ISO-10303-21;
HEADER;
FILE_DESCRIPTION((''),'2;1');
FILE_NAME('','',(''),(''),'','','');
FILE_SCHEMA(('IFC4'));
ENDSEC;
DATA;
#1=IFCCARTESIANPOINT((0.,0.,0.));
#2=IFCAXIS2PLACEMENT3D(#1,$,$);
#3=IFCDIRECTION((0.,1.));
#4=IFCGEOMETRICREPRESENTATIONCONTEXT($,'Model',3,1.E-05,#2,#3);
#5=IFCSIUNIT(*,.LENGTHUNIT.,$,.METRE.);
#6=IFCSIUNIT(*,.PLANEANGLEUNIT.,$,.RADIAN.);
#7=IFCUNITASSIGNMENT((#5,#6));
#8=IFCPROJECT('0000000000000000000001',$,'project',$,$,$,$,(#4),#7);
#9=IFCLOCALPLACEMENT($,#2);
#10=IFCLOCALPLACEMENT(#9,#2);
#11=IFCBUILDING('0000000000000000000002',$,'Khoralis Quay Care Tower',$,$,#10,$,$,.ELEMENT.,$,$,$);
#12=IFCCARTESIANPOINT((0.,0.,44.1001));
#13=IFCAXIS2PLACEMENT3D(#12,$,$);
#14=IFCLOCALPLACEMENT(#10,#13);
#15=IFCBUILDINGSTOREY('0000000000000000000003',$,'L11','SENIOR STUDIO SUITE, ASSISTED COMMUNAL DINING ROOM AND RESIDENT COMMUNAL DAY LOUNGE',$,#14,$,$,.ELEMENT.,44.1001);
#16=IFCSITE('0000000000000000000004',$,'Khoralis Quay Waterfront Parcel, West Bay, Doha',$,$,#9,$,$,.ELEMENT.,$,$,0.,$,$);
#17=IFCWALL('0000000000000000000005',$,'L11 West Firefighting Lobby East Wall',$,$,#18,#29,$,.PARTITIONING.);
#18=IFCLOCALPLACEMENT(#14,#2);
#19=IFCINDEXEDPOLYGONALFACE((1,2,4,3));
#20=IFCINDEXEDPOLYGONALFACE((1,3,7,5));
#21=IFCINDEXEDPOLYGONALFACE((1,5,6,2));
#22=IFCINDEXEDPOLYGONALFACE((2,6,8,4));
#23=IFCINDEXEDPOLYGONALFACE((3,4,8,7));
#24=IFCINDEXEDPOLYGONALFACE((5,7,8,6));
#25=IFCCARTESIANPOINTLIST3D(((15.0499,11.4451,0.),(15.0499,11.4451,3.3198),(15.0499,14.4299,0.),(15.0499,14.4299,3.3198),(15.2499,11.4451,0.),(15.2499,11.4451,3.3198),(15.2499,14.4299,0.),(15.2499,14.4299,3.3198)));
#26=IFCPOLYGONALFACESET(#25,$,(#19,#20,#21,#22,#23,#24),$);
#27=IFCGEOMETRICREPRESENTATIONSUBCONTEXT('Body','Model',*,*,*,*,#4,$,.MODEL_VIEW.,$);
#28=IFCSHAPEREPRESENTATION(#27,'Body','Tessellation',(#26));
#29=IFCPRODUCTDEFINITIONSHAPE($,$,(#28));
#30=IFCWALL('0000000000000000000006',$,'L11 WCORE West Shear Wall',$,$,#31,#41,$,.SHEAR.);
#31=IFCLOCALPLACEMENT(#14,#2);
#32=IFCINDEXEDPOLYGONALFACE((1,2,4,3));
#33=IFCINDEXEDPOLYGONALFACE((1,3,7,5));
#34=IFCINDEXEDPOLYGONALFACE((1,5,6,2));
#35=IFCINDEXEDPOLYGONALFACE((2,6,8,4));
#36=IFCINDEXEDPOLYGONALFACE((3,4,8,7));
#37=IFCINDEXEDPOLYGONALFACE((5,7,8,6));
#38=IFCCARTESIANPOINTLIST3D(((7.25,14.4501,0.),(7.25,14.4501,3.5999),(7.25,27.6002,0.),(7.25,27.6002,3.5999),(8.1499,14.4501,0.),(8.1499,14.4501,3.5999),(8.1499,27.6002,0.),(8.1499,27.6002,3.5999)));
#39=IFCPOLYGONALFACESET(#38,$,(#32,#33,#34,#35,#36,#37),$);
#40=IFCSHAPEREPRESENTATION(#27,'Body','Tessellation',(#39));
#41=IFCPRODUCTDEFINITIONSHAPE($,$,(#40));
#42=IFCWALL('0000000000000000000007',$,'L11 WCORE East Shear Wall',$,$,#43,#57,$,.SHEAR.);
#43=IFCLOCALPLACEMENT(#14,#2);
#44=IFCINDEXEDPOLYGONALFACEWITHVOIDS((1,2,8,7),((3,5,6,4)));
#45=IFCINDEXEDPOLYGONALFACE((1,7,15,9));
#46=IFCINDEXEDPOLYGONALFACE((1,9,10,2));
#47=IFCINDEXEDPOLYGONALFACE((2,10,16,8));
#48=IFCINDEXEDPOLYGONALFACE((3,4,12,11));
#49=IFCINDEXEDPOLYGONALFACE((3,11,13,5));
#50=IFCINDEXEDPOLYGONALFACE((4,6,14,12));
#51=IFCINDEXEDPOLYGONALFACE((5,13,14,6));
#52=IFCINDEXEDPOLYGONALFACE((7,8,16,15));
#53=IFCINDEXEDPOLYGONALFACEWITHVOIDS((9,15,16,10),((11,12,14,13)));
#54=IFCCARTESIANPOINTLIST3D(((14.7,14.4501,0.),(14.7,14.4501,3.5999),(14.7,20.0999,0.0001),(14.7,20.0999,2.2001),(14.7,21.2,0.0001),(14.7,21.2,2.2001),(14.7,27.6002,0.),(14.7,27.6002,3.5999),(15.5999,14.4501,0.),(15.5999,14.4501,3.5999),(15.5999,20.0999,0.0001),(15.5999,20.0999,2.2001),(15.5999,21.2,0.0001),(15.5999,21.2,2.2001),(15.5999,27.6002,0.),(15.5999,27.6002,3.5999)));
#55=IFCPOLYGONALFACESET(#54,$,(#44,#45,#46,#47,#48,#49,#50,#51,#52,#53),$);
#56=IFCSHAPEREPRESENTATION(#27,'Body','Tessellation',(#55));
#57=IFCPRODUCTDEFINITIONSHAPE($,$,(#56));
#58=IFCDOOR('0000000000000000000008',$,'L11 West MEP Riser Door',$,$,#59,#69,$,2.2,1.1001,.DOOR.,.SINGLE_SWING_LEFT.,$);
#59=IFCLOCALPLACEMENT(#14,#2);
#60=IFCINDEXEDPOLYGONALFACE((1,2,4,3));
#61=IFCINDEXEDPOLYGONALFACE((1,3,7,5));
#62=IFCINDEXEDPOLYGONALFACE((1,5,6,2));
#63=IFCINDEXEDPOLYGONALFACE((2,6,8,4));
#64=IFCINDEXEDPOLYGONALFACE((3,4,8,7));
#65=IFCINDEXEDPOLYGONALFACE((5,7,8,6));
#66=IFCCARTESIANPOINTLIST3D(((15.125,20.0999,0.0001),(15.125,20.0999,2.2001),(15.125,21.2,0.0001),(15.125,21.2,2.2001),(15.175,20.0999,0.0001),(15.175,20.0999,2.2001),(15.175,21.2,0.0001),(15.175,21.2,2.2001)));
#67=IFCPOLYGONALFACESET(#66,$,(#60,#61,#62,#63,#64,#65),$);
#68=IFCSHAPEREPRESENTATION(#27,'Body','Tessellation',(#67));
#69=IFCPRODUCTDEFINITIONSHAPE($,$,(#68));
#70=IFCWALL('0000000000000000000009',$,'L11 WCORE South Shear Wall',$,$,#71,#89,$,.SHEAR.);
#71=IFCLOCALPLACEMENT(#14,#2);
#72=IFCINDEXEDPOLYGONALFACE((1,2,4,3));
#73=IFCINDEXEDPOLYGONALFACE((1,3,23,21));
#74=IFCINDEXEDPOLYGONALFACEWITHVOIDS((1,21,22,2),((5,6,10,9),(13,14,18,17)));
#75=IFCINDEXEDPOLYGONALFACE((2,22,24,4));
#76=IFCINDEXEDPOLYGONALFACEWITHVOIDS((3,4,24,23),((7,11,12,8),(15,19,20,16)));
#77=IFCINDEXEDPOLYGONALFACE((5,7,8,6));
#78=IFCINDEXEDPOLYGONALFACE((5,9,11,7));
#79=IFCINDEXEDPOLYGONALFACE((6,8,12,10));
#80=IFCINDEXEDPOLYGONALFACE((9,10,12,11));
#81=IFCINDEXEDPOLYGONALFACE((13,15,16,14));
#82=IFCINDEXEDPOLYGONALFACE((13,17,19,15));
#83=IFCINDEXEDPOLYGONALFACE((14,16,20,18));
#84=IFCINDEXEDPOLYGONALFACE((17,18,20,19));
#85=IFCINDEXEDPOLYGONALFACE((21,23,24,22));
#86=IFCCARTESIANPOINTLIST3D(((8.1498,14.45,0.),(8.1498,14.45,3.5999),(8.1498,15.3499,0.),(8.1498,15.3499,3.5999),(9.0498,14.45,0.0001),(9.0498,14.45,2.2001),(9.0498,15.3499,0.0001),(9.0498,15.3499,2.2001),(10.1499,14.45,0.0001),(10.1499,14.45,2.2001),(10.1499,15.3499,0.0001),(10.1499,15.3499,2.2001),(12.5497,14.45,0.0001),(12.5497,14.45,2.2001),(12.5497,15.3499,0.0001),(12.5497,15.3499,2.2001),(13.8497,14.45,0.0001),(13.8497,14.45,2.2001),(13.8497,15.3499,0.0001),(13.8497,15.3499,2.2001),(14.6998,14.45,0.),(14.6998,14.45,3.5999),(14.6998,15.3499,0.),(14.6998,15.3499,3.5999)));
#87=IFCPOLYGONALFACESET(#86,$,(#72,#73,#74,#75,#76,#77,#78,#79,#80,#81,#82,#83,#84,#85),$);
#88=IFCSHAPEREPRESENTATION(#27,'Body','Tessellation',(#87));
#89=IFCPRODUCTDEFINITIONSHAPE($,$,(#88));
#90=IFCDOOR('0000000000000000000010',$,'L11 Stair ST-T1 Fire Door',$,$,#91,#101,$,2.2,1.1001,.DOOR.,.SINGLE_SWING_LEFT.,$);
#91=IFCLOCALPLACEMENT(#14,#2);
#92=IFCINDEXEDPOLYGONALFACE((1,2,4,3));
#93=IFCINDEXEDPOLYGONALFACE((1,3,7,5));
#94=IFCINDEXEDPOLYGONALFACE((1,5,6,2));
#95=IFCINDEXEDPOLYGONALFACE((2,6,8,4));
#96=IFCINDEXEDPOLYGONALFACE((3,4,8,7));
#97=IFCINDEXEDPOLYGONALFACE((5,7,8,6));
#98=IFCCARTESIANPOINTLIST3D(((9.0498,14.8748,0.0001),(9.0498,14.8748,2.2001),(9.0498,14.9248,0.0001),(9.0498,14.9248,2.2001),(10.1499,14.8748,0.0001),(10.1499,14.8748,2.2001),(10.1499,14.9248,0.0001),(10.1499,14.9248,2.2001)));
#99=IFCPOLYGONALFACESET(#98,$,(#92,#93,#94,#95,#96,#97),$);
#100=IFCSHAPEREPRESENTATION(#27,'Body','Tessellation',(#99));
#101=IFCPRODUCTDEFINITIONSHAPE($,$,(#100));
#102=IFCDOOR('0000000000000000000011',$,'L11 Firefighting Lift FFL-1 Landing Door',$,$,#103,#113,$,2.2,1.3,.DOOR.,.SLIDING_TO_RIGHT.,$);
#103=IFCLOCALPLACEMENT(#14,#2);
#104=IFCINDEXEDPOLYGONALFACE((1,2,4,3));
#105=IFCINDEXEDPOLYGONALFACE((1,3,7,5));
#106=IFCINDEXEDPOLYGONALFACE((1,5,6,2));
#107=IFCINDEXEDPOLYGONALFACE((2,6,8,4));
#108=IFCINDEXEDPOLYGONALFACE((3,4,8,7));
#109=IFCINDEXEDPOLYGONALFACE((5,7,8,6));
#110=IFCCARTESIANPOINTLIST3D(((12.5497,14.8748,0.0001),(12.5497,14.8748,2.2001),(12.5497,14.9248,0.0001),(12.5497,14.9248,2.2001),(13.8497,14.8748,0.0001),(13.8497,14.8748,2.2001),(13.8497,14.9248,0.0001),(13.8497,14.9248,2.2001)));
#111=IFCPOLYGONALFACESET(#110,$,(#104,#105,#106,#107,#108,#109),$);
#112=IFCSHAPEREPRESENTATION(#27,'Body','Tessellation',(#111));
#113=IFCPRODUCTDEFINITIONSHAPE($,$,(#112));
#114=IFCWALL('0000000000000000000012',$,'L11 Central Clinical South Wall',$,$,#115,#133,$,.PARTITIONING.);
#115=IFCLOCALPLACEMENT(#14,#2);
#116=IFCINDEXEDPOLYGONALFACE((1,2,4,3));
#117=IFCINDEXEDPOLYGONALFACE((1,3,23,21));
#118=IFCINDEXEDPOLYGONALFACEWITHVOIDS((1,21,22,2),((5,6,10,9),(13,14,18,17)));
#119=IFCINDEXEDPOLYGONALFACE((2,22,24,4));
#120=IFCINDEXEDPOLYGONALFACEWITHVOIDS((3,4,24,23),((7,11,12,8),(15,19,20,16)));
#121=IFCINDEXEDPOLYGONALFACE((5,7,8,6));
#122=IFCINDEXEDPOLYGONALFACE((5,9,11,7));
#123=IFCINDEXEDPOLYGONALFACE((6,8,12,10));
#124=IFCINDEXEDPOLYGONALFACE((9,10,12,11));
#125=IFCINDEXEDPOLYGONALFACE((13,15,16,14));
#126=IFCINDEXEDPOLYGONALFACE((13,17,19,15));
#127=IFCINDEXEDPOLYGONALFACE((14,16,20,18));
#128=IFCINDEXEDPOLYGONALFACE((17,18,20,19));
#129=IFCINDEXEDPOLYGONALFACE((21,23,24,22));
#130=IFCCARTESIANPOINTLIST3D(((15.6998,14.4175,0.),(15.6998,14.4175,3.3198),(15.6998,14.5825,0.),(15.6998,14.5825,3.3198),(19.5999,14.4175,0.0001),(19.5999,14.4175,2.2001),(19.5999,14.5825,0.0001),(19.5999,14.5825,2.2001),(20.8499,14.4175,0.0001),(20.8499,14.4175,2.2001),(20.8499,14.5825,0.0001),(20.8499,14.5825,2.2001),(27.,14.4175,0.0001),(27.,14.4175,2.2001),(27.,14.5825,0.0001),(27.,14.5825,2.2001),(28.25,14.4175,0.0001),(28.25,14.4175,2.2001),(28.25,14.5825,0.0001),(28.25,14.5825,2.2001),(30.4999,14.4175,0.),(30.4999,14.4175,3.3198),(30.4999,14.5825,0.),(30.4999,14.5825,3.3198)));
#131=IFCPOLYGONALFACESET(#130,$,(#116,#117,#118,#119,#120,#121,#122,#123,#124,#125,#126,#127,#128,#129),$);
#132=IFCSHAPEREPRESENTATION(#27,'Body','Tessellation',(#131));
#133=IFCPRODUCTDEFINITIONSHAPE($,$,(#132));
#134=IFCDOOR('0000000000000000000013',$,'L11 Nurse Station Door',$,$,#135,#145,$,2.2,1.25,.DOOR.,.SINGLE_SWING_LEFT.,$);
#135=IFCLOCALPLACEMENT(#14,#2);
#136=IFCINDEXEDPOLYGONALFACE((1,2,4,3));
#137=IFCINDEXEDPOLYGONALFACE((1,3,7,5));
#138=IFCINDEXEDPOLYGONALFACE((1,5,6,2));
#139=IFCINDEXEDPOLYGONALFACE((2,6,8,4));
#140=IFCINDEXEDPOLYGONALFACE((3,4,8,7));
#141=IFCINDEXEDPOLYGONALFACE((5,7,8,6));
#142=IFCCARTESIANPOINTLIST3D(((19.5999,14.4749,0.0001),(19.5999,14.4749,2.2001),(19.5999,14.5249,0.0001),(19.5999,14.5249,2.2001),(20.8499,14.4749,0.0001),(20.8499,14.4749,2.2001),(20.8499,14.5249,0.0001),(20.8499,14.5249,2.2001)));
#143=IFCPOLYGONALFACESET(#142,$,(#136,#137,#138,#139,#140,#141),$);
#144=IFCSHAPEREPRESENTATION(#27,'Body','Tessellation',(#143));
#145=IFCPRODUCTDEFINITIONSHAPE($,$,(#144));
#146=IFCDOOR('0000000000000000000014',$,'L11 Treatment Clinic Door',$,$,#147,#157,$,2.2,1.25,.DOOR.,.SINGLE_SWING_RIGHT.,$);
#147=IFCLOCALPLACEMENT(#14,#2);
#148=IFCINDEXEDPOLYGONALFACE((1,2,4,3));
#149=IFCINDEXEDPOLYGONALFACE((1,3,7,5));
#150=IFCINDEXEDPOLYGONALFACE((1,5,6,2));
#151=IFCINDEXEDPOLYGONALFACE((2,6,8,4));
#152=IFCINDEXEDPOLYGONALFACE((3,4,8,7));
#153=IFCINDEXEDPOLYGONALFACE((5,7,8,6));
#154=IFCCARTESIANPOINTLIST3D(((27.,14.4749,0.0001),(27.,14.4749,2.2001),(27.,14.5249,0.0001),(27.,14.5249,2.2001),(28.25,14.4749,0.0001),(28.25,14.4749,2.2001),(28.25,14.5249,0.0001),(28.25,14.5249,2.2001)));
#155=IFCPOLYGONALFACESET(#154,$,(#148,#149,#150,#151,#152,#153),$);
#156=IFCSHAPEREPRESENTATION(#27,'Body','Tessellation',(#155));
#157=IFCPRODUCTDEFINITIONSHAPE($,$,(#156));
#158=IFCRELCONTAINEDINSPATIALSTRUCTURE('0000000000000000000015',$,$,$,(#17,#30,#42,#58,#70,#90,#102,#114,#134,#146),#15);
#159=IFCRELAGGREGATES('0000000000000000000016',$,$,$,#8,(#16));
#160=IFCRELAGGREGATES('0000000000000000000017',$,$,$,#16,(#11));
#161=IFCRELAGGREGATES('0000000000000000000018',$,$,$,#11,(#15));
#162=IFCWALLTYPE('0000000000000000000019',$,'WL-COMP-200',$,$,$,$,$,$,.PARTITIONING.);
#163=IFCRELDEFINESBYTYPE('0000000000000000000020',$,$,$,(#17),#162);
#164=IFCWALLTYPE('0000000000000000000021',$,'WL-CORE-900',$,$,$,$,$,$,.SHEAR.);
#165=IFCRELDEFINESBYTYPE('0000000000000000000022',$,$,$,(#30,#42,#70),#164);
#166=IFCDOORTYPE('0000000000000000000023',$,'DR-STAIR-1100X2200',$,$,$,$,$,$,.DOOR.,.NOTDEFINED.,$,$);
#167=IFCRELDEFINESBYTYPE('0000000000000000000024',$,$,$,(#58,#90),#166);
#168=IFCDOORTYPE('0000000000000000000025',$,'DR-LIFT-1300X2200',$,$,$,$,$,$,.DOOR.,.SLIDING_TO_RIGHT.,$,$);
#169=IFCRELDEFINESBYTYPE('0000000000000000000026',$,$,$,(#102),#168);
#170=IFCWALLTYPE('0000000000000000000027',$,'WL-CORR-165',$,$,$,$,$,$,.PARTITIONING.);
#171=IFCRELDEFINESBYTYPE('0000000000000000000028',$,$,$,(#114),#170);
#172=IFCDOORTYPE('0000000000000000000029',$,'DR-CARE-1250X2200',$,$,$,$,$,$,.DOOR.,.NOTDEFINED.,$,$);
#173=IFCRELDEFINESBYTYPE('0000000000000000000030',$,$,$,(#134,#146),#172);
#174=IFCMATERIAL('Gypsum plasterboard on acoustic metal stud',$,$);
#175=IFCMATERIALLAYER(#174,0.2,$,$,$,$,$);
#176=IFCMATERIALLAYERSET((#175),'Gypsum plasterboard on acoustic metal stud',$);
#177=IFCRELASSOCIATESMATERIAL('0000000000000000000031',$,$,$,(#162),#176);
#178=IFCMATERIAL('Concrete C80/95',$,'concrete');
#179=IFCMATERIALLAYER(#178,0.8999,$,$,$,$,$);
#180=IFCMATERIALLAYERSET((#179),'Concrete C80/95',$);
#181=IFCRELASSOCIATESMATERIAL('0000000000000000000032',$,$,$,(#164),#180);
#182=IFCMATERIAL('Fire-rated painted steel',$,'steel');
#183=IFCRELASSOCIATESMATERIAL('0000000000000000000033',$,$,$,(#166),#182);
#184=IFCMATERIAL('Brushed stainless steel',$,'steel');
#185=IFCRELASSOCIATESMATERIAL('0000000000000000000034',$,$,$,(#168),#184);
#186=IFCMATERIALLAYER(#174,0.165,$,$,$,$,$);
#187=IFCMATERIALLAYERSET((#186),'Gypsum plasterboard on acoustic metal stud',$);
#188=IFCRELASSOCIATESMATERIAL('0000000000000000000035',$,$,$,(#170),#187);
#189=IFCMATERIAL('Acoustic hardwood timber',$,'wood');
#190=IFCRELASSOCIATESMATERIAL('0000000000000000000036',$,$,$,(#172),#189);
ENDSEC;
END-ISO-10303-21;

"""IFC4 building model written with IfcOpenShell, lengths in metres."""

from ifc_helpers import new_model, si_unit, direction, frame, frame_2d, origin, place, context, subcontext, project, spatial, rectangle, extrude, source, transform, mapped, material, layer, layer_set, type_object, element, fill, save


model = new_model("IFC4")

# Units and contexts
model_context = context("Model", 3, precision=1e-05, world=origin(), true_north=direction((0.0, 1.0)))
body_context = subcontext(model_context, "Body", "Model", "MODEL_VIEW")
ifc_project = project(units=[si_unit("LENGTHUNIT", "METRE"), si_unit("PLANEANGLEUNIT", "RADIAN")], contexts=[model_context])

# Site, building, storey
site_placement = place(None, origin())
site = spatial("IfcSite", under=ifc_project, at=site_placement, Name="Khoralis Quay Waterfront Parcel, West Bay, Doha", CompositionType="ELEMENT", RefElevation=0.0)
building_placement = place(site_placement, origin())
building = spatial("IfcBuilding", under=site, at=building_placement, Name="Khoralis Quay Care Tower", CompositionType="ELEMENT")
storey_placement = place(building_placement, frame((0.0, 0.0, 44.1001)))
storey = spatial("IfcBuildingStorey", under=building, at=storey_placement, Name="L11", Description="SENIOR STUDIO SUITE, ASSISTED COMMUNAL DINING ROOM AND RESIDENT COMMUNAL DAY LOUNGE", CompositionType="ELEMENT", Elevation=44.1001)

# Shared definitions
ifc_material_1 = material(Name="Concrete C80/95", Category="concrete")

# Shared definitions
ifc_material_2 = material(Name="Gypsum plasterboard on acoustic metal stud")
ifc_layer_1 = layer(ifc_material_2, 0.2)
ifc_layer_set_1 = layer_set([ifc_layer_1], Name="Gypsum plasterboard on acoustic metal stud")
wall_type_1 = type_object("IfcWallType", Name="WL-COMP-200", PredefinedType="PARTITIONING", material=ifc_layer_set_1)
ifc_material_3 = material(Name="Fire-rated painted steel", Category="steel")

# Walls
for number, where, z_axis, x_axis, name in (
    (1, (15.1499, 11.4451, 0.0), (0.0, 0.0, 1.0), (0.0, 1.0, 0.0), "L11 West Firefighting Lobby East Wall"),
):
    element("IfcWall", number, at=place(storey_placement, frame(where, z_axis=z_axis, x_axis=x_axis)), inside=storey, type_object=wall_type_1, Name=name, PredefinedType="PARTITIONING", context=body_context, shape_type="SweptSolid", body=[
        extrude(rectangle(XDim=2.9849, YDim=0.2, at=frame_2d((1.4924, 0.0))), origin(), (0.0, 0.0, 1.0), 3.3198),
    ])
ifc_layer_2 = layer(ifc_material_1, 0.8999)
ifc_layer_set_2 = layer_set([ifc_layer_2], Name="Concrete C80/95")
wall_type_2 = type_object("IfcWallType", Name="WL-CORE-900", PredefinedType="SHEAR", material=ifc_layer_set_2)
wall_1_placement = place(storey_placement, frame((7.7, 14.45, 0.0), z_axis=(0.0, 0.0, 1.0), x_axis=(0.0, 1.0, 0.0)))
element("IfcWall", 2, at=wall_1_placement, inside=storey, type_object=wall_type_2, Name="L11 WCORE West Shear Wall", PredefinedType="SHEAR", context=body_context, shape_type="SweptSolid", body=[
    extrude(rectangle(XDim=13.1501, YDim=0.8999, at=frame_2d((6.5752, 0.0))), origin(), (0.0, 0.0, 1.0), 3.5999),
])

# Wall, opening, door
wall_2_placement = place(storey_placement, frame((15.1499, 14.45, 0.0), z_axis=(0.0, 0.0, 1.0), x_axis=(0.0, 1.0, 0.0)))
wall_2 = element("IfcWall", 3, at=wall_2_placement, inside=storey, type_object=wall_type_2, Name="L11 WCORE East Shear Wall", PredefinedType="SHEAR", context=body_context, shape_type="SweptSolid", body=[
    extrude(rectangle(XDim=13.1501, YDim=0.8999, at=frame_2d((6.5752, 0.0))), origin(), (0.0, 0.0, 1.0), 3.5999),
])
opening_1_placement = place(wall_2_placement, frame((5.6499, 0.0, 0.0)))
opening_1 = element("IfcOpeningElement", 4, at=opening_1_placement, cuts=wall_2, PredefinedType="OPENING", context=body_context, shape_type="SweptSolid", body=[
    extrude(rectangle(XDim=1.1001, YDim=2.2, at=frame_2d((0.55, 1.1001))), frame((0.0, 0.46, 0.0), z_axis=(0.0, -1.0, 0.0), x_axis=(1.0, 0.0, 0.0)), (0.0, 0.0, 1.0), 0.9199),
])
door_type_1 = type_object("IfcDoorType", Name="DR-STAIR-1100X2200", OperationType="NOTDEFINED", PredefinedType="DOOR", material=ifc_material_3)
shared_shape_1 = source(origin(), body_context, "Body", "SweptSolid", [
    extrude(rectangle(XDim=1.1001, YDim=2.2, at=frame_2d((0.55, 1.1001))), frame((0.0, 0.0249, 0.0), z_axis=(0.0, -1.0, 0.0), x_axis=(1.0, 0.0, 0.0)), (0.0, 0.0, 1.0), 0.05),
])
door_1_placement = place(opening_1_placement, origin())
door_1 = element("IfcDoor", 5, at=door_1_placement, inside=storey, type_object=door_type_1, Name="L11 West MEP Riser Door", OperationType="SINGLE_SWING_LEFT", OverallHeight=2.2, OverallWidth=1.1001, PredefinedType="DOOR", context=body_context, shape_type="MappedRepresentation", body=[
    mapped(shared_shape_1, transform((0.0, 0.0, 0.0), scale=1.0)),
])
fill(opening_1, door_1)

# Walls, openings, doors
wall_3_placement = place(storey_placement, frame((8.1499, 14.8999, 0.0), z_axis=(0.0, 0.0, 1.0), x_axis=(1.0, 0.0, 0.0)))
wall_3 = element("IfcWall", 6, at=wall_3_placement, inside=storey, type_object=wall_type_2, Name="L11 WCORE South Shear Wall", PredefinedType="SHEAR", context=body_context, shape_type="SweptSolid", body=[
    extrude(rectangle(XDim=6.55, YDim=0.8999, at=frame_2d((3.2749, 0.0))), origin(), (0.0, 0.0, 1.0), 3.5999),
])
opening_2_placement = place(wall_3_placement, frame((0.8999, 0.0, 0.0)))
opening_2 = element("IfcOpeningElement", 7, at=opening_2_placement, cuts=wall_3, PredefinedType="OPENING", context=body_context, shape_type="SweptSolid", body=[
    extrude(rectangle(XDim=1.1001, YDim=2.2, at=frame_2d((0.55, 1.1001))), frame((0.0, 0.46, 0.0), z_axis=(0.0, -1.0, 0.0), x_axis=(1.0, 0.0, 0.0)), (0.0, 0.0, 1.0), 0.9199),
])
opening_3_placement = place(wall_3_placement, frame((4.3999, 0.0, 0.0)))
opening_3 = element("IfcOpeningElement", 8, at=opening_3_placement, cuts=wall_3, PredefinedType="OPENING", context=body_context, shape_type="SweptSolid", body=[
    extrude(rectangle(XDim=1.3, YDim=2.2, at=frame_2d((0.6499, 1.1001))), frame((0.0, 0.46, 0.0), z_axis=(0.0, -1.0, 0.0), x_axis=(1.0, 0.0, 0.0)), (0.0, 0.0, 1.0), 0.9199),
])
door_2_placement = place(opening_2_placement, origin())
door_2 = element("IfcDoor", 9, at=door_2_placement, inside=storey, type_object=door_type_1, Name="L11 Stair ST-T1 Fire Door", OperationType="SINGLE_SWING_LEFT", OverallHeight=2.2, OverallWidth=1.1001, PredefinedType="DOOR", context=body_context, shape_type="MappedRepresentation", body=[
    mapped(shared_shape_1, transform((0.0, 0.0, 0.0), scale=1.0)),
])
fill(opening_2, door_2)
ifc_material_4 = material(Name="Brushed stainless steel", Category="steel")
door_type_2 = type_object("IfcDoorType", Name="DR-LIFT-1300X2200", OperationType="SLIDING_TO_RIGHT", PredefinedType="DOOR", material=ifc_material_4)
shared_shape_2 = source(origin(), body_context, "Body", "SweptSolid", [
    extrude(rectangle(XDim=1.3, YDim=2.2, at=frame_2d((0.6499, 1.1001))), frame((0.0, 0.0249, 0.0), z_axis=(0.0, -1.0, 0.0), x_axis=(1.0, 0.0, 0.0)), (0.0, 0.0, 1.0), 0.05),
])
door_3_placement = place(opening_3_placement, origin())
door_3 = element("IfcDoor", 10, at=door_3_placement, inside=storey, type_object=door_type_2, Name="L11 Firefighting Lift FFL-1 Landing Door", OperationType="SLIDING_TO_RIGHT", OverallHeight=2.2, OverallWidth=1.3, PredefinedType="DOOR", context=body_context, shape_type="MappedRepresentation", body=[
    mapped(shared_shape_2, transform((0.0, 0.0, 0.0), scale=1.0)),
])
fill(opening_3, door_3)
ifc_layer_3 = layer(ifc_material_2, 0.165)
ifc_layer_set_3 = layer_set([ifc_layer_3], Name="Gypsum plasterboard on acoustic metal stud")
wall_type_3 = type_object("IfcWallType", Name="WL-CORR-165", PredefinedType="PARTITIONING", material=ifc_layer_set_3)
wall_4_placement = place(storey_placement, frame((15.7, 14.5, 0.0), z_axis=(0.0, 0.0, 1.0), x_axis=(1.0, 0.0, 0.0)))
wall_4 = element("IfcWall", 11, at=wall_4_placement, inside=storey, type_object=wall_type_3, Name="L11 Central Clinical South Wall", PredefinedType="PARTITIONING", context=body_context, shape_type="SweptSolid", body=[
    extrude(rectangle(XDim=14.8, YDim=0.165, at=frame_2d((7.3999, 0.0))), origin(), (0.0, 0.0, 1.0), 3.3198),
])
opening_4_placement = place(wall_4_placement, frame((3.8999, 0.0, 0.0)))
opening_4 = element("IfcOpeningElement", 12, at=opening_4_placement, cuts=wall_4, PredefinedType="OPENING", context=body_context, shape_type="SweptSolid", body=[
    extrude(rectangle(XDim=1.25, YDim=2.2, at=frame_2d((0.625, 1.1001))), frame((0.0, 0.0925, 0.0), z_axis=(0.0, -1.0, 0.0), x_axis=(1.0, 0.0, 0.0)), (0.0, 0.0, 1.0), 0.1851),
])
opening_5_placement = place(wall_4_placement, frame((11.3, 0.0, 0.0)))
opening_5 = element("IfcOpeningElement", 13, at=opening_5_placement, cuts=wall_4, PredefinedType="OPENING", context=body_context, shape_type="SweptSolid", body=[
    extrude(rectangle(XDim=1.25, YDim=2.2, at=frame_2d((0.625, 1.1001))), frame((0.0, 0.0925, 0.0), z_axis=(0.0, -1.0, 0.0), x_axis=(1.0, 0.0, 0.0)), (0.0, 0.0, 1.0), 0.1851),
])
ifc_material_5 = material(Name="Acoustic hardwood timber", Category="wood")
door_type_3 = type_object("IfcDoorType", Name="DR-CARE-1250X2200", OperationType="NOTDEFINED", PredefinedType="DOOR", material=ifc_material_5)
shared_shape_3 = source(origin(), body_context, "Body", "SweptSolid", [
    extrude(rectangle(XDim=1.25, YDim=2.2, at=frame_2d((0.625, 1.1001))), frame((0.0, 0.0249, 0.0), z_axis=(0.0, -1.0, 0.0), x_axis=(1.0, 0.0, 0.0)), (0.0, 0.0, 1.0), 0.05),
])
door_4_placement = place(opening_4_placement, origin())
door_4 = element("IfcDoor", 14, at=door_4_placement, inside=storey, type_object=door_type_3, Name="L11 Nurse Station Door", OperationType="SINGLE_SWING_LEFT", OverallHeight=2.2, OverallWidth=1.25, PredefinedType="DOOR", context=body_context, shape_type="MappedRepresentation", body=[
    mapped(shared_shape_3, transform((0.0, 0.0, 0.0), scale=1.0)),
])
fill(opening_4, door_4)
door_5_placement = place(opening_5_placement, origin())
door_5 = element("IfcDoor", 15, at=door_5_placement, inside=storey, type_object=door_type_3, Name="L11 Treatment Clinic Door", OperationType="SINGLE_SWING_RIGHT", OverallHeight=2.2, OverallWidth=1.25, PredefinedType="DOOR", context=body_context, shape_type="MappedRepresentation", body=[
    mapped(shared_shape_3, transform((0.0, 0.0, 0.0), scale=1.0)),
])
fill(opening_5, door_5)

save(model, "model.ifc")
